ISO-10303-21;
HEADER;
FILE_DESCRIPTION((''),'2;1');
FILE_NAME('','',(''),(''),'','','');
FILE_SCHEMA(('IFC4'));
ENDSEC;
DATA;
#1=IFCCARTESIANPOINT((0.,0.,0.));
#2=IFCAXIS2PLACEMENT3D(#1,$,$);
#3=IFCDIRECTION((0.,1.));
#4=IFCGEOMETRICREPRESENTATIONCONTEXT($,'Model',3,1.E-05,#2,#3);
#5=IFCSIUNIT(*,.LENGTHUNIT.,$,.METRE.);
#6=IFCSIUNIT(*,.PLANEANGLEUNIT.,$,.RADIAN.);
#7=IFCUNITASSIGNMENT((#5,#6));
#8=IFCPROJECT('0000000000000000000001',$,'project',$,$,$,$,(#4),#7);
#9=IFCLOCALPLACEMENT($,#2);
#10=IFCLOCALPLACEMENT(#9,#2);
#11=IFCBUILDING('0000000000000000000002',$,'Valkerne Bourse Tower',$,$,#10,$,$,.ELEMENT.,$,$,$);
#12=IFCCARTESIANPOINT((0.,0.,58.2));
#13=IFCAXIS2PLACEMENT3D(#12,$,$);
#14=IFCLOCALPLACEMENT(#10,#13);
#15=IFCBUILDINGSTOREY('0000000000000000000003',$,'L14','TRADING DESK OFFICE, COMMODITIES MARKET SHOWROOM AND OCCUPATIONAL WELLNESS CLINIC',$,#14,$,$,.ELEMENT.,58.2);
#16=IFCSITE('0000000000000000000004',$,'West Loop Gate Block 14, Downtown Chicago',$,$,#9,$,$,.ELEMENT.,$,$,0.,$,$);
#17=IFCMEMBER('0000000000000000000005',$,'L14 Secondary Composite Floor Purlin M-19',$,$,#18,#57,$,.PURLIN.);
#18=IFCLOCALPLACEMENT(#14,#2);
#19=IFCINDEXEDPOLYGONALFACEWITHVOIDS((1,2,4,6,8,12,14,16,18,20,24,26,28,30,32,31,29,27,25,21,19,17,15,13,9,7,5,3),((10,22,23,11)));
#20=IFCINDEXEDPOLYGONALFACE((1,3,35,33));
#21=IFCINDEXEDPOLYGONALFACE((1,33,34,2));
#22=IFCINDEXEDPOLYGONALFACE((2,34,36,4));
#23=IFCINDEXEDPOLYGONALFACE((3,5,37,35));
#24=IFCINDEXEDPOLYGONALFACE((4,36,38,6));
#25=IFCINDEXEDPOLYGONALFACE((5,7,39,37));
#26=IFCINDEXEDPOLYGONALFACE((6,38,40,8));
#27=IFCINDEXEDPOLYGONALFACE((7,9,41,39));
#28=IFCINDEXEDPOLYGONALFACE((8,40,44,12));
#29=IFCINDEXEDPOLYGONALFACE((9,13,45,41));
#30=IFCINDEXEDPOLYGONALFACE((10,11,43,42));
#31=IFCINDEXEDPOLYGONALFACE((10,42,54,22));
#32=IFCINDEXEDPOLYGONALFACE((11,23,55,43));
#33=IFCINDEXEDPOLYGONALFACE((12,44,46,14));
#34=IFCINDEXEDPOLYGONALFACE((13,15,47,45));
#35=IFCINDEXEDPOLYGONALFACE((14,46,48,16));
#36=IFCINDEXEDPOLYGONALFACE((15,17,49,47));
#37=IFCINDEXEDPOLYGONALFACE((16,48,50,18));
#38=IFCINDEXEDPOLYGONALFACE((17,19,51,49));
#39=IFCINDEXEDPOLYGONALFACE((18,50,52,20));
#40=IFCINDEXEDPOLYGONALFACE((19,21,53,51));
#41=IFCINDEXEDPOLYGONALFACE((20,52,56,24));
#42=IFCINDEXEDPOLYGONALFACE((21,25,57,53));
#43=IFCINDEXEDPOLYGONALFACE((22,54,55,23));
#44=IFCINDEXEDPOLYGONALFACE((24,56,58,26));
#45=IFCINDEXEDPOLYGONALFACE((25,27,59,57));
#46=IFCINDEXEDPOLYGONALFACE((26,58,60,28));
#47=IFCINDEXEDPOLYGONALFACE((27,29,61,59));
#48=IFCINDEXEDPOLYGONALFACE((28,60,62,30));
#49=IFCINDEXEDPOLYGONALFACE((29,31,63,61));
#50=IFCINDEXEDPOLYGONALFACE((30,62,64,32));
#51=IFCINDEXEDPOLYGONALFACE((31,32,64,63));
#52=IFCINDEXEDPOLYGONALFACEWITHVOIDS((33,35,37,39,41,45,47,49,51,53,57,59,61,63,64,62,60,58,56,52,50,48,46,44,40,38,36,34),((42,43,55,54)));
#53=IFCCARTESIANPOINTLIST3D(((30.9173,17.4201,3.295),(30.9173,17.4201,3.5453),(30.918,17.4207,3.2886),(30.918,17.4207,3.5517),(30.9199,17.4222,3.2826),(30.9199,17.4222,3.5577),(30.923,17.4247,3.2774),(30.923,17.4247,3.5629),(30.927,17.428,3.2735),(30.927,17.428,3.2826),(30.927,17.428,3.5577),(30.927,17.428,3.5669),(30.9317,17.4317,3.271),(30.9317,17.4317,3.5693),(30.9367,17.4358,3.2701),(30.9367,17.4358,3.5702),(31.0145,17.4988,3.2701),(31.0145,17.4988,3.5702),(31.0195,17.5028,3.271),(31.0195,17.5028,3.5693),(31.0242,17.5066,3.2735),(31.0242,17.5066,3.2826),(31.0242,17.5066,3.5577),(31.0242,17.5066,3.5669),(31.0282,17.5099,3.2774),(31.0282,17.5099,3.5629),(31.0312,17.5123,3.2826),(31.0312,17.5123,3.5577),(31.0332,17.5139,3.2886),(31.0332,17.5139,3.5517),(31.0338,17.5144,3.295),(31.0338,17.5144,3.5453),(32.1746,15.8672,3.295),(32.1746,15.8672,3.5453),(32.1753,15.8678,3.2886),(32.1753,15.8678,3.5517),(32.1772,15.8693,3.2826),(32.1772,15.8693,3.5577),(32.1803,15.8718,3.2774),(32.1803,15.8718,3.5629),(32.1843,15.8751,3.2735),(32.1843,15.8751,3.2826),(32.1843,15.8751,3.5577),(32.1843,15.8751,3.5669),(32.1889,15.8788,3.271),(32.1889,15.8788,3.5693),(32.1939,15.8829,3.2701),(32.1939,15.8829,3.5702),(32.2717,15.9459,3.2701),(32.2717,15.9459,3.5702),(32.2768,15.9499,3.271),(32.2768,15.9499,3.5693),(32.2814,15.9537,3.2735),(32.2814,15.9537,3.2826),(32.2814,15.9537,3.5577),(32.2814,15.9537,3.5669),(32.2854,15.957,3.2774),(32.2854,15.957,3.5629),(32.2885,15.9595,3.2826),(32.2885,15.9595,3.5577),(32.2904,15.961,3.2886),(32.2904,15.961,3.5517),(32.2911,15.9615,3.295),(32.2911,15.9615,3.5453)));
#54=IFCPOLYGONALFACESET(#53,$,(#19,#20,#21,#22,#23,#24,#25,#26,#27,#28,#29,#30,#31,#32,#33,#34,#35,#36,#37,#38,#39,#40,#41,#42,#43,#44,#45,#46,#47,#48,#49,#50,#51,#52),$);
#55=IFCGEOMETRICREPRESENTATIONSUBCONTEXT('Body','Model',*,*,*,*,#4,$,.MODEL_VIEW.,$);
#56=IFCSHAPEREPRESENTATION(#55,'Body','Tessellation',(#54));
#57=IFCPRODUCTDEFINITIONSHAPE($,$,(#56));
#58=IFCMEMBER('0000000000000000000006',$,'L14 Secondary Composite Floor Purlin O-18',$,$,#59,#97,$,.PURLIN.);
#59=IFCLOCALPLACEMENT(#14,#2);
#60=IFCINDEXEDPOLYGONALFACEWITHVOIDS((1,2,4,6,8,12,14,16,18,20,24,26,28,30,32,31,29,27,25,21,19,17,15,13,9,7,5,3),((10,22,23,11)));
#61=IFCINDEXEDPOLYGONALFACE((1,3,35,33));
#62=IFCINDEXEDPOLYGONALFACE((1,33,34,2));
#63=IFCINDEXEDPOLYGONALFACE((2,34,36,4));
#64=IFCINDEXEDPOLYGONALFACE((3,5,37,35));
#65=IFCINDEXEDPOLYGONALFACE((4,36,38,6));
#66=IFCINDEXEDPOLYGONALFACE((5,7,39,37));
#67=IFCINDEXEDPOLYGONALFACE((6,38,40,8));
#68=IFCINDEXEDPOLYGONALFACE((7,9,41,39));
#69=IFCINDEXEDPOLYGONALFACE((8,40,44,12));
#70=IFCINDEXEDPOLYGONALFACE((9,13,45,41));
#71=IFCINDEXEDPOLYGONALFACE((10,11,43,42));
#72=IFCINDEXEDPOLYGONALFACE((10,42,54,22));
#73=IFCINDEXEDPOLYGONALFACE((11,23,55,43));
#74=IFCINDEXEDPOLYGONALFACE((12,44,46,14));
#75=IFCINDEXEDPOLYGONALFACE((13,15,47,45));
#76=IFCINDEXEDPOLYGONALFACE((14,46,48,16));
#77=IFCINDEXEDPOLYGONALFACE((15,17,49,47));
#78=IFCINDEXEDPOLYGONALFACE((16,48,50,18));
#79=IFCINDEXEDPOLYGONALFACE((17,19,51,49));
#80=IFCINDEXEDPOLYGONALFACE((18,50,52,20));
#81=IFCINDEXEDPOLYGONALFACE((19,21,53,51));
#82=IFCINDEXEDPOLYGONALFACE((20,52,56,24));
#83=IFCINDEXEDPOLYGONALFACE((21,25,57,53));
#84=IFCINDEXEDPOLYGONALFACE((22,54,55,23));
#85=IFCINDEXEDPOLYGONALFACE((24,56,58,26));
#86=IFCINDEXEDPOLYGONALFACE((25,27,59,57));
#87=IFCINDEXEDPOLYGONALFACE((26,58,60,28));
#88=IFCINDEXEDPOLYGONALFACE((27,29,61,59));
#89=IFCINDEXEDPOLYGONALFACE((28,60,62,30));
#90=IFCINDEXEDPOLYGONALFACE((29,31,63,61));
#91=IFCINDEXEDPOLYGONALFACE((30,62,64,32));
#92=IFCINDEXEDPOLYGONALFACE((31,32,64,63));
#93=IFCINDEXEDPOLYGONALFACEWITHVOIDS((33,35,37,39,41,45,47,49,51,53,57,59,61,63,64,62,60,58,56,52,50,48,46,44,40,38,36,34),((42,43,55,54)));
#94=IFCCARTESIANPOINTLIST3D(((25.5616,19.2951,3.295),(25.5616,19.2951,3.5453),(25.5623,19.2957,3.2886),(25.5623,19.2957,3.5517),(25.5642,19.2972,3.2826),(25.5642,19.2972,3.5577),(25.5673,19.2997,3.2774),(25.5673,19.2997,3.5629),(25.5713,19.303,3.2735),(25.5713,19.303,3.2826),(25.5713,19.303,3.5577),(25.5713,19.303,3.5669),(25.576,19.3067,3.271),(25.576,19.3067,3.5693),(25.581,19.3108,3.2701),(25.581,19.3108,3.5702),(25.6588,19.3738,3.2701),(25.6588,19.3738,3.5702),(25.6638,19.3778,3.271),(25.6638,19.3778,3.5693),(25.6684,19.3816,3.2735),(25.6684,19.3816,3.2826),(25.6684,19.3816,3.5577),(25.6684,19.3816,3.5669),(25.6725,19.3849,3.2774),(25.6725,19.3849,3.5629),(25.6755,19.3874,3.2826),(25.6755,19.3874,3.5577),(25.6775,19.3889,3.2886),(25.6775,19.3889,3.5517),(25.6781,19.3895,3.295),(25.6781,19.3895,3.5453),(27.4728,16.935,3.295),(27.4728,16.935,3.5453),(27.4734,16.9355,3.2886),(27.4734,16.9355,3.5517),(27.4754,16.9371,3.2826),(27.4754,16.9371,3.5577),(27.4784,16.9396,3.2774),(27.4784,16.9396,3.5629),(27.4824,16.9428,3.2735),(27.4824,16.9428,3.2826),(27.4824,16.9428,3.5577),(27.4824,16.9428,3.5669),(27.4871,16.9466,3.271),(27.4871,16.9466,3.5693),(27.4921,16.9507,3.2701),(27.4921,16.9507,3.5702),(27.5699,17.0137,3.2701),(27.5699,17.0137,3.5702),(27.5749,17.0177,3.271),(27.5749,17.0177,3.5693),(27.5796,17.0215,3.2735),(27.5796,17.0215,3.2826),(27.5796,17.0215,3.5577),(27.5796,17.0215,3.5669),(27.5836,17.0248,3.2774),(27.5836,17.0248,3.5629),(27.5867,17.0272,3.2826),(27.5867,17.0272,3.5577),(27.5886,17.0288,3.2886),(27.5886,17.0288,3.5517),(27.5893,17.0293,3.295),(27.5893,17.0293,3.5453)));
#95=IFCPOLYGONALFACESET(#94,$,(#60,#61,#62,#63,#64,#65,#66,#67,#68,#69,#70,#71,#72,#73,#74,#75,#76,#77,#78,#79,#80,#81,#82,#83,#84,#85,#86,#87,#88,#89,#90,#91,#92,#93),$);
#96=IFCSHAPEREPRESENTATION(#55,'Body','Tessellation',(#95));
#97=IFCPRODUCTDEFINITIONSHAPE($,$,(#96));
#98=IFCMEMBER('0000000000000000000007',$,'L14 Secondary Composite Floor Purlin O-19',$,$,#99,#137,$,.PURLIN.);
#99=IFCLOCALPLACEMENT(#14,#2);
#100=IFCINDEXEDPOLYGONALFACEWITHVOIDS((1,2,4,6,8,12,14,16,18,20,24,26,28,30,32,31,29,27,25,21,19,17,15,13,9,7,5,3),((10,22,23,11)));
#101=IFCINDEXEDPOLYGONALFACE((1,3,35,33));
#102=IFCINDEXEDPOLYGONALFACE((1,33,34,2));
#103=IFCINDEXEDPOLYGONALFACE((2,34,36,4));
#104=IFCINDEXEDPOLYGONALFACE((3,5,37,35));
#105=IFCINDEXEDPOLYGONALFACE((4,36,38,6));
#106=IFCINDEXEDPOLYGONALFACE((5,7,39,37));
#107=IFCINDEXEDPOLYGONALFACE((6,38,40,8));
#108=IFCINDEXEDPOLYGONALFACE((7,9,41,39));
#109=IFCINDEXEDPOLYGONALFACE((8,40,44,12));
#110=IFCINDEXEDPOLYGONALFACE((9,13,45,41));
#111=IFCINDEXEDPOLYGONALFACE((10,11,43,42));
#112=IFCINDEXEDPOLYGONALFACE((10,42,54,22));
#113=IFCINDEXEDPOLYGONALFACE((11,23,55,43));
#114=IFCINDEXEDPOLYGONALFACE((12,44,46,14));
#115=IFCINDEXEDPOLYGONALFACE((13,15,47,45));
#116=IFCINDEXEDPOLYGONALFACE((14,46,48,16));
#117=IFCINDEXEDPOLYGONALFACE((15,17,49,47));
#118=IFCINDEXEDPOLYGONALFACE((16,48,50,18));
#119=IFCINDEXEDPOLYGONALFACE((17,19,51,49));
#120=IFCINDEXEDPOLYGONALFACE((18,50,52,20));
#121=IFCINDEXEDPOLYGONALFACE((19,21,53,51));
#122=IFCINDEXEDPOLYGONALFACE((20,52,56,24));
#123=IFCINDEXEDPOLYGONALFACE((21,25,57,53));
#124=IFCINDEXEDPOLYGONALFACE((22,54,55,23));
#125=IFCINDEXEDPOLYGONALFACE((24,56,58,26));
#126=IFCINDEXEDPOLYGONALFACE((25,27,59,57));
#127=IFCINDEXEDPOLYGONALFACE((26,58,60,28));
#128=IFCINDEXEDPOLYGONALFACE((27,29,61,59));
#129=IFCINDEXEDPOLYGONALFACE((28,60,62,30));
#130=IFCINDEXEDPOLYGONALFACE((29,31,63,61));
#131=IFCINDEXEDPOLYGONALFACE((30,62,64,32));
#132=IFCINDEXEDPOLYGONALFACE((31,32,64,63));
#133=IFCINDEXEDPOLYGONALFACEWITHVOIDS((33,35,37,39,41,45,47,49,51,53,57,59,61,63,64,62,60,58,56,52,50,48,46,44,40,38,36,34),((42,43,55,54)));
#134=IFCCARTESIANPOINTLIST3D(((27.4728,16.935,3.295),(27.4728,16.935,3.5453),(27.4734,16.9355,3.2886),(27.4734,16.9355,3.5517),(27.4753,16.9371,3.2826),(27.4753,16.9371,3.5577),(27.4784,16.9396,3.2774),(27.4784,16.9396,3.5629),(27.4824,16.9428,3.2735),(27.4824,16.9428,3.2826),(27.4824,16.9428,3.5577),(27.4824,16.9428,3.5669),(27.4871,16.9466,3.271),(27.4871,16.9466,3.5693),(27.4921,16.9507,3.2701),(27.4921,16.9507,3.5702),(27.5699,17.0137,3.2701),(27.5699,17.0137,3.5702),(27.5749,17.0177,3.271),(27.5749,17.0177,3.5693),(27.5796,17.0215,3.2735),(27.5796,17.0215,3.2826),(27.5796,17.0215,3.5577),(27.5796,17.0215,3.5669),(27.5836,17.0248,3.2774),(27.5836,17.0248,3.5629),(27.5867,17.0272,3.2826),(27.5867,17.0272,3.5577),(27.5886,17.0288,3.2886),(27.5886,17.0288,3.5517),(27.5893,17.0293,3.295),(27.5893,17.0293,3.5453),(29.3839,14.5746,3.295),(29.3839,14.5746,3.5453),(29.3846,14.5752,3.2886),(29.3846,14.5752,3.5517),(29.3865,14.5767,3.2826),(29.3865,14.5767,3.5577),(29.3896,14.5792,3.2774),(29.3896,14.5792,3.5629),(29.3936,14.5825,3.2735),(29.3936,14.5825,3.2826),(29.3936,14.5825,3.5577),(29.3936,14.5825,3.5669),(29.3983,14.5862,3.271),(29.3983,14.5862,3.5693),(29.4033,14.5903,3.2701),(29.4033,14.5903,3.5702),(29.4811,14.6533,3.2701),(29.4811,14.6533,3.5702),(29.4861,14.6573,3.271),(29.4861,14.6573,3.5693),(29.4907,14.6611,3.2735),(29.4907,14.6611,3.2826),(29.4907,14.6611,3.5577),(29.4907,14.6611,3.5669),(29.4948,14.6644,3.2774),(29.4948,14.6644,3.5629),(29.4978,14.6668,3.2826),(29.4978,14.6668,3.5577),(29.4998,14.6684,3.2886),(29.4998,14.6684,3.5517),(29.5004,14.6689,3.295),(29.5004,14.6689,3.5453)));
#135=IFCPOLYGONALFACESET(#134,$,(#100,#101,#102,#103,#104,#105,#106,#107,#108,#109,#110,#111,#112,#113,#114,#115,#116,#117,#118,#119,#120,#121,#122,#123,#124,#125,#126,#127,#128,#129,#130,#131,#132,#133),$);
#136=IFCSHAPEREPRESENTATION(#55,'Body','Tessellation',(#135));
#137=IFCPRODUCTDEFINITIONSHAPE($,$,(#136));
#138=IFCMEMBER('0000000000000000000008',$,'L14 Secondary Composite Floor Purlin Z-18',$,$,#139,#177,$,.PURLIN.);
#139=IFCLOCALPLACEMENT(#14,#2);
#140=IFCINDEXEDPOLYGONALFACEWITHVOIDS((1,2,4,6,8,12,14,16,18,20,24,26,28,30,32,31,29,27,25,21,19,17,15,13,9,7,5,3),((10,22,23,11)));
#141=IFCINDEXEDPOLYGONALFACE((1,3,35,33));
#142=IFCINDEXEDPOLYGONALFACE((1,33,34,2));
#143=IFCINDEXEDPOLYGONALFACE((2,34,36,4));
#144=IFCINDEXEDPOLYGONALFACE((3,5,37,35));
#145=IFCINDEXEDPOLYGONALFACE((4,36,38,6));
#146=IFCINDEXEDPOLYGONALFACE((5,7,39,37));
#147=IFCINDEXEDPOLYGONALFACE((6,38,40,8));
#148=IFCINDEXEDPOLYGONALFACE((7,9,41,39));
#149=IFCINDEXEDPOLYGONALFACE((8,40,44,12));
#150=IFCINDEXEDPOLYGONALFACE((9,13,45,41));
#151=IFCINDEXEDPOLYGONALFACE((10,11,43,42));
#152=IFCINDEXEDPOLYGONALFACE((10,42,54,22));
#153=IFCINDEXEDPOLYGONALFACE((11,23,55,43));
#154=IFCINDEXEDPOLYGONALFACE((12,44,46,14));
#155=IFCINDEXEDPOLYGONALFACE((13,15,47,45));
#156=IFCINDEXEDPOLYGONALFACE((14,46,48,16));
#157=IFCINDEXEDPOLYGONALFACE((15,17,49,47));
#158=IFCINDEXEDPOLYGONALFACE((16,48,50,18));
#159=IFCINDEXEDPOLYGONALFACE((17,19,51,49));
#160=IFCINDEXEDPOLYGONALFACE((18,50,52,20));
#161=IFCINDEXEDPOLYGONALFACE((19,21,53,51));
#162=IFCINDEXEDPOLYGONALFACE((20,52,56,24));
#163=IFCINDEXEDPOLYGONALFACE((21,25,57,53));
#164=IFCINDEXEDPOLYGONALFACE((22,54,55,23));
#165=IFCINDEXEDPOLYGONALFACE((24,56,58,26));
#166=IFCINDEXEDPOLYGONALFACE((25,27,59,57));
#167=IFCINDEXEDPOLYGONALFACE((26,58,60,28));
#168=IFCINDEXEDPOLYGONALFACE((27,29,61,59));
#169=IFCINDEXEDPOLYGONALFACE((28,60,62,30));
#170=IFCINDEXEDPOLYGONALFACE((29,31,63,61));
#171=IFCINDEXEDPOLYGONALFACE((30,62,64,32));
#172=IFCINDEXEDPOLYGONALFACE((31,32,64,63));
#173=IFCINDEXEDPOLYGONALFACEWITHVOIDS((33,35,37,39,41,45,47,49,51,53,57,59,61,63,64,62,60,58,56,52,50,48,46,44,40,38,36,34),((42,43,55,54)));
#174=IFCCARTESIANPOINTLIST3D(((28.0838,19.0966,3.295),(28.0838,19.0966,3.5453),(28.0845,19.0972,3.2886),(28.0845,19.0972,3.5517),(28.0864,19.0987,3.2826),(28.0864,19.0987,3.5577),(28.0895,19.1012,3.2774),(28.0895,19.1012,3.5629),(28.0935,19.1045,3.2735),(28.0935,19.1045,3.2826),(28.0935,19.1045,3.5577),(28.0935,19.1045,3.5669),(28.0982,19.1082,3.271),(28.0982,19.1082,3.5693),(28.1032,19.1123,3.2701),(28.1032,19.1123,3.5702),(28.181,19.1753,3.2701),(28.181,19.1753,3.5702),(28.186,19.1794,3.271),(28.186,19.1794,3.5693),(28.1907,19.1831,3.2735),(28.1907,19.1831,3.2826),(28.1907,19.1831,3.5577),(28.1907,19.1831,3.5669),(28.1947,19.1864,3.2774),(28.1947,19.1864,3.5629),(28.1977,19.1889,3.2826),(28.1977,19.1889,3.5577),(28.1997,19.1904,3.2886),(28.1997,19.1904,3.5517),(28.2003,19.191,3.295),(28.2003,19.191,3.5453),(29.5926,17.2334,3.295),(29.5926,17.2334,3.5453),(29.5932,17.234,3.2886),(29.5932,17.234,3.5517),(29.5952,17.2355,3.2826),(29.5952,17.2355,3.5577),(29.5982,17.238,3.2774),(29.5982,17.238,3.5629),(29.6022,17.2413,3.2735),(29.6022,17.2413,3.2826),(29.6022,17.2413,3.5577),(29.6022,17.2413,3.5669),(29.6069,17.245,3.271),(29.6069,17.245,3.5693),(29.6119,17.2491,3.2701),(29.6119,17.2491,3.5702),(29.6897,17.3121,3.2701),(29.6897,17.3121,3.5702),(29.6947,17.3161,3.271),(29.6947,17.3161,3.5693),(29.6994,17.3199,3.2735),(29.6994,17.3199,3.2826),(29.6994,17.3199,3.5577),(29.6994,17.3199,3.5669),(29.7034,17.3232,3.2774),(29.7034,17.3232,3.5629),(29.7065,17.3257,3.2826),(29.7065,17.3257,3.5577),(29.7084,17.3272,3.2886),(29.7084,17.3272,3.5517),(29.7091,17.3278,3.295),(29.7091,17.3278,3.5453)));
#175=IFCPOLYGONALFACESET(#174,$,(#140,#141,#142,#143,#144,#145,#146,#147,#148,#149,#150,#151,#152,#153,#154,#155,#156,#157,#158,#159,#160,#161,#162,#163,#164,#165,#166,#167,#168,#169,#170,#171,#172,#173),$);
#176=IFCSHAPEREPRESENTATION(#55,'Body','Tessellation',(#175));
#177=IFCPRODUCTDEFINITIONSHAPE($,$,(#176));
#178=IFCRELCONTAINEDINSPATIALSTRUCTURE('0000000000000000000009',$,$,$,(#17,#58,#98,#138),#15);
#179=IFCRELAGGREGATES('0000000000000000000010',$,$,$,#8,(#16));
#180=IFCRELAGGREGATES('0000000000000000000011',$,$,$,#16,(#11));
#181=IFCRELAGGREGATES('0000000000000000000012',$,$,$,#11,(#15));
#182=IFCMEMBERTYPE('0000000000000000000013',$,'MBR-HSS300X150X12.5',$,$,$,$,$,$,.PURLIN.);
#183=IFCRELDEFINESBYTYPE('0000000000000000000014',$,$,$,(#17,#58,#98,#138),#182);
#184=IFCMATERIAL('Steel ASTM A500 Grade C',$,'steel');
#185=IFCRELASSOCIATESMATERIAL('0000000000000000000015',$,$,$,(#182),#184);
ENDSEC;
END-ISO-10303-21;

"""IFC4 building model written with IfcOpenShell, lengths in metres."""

from ifc_helpers import new_model, si_unit, direction, frame, origin, origin_2d, place, context, subcontext, project, spatial, hollow_rectangle, extrude, material, material_profile, profile_set, type_object, element, save


model = new_model("IFC4")

# Units and contexts
model_context = context("Model", 3, precision=1e-05, world=origin(), true_north=direction((0.0, 1.0)))
body_context = subcontext(model_context, "Body", "Model", "MODEL_VIEW")
ifc_project = project(units=[si_unit("LENGTHUNIT", "METRE"), si_unit("PLANEANGLEUNIT", "RADIAN")], contexts=[model_context])

# Site, building, storey
site_placement = place(None, origin())
site = spatial("IfcSite", under=ifc_project, at=site_placement, Name="West Loop Gate Block 14, Downtown Chicago", CompositionType="ELEMENT", RefElevation=0.0)
building_placement = place(site_placement, origin())
building = spatial("IfcBuilding", under=site, at=building_placement, Name="Valkerne Bourse Tower", CompositionType="ELEMENT")
storey_placement = place(building_placement, frame((0.0, 0.0, 58.2)))
storey = spatial("IfcBuildingStorey", under=building, at=storey_placement, Name="L14", Description="TRADING DESK OFFICE, COMMODITIES MARKET SHOWROOM AND OCCUPATIONAL WELLNESS CLINIC", CompositionType="ELEMENT", Elevation=58.2)

# Members
ifc_material_1 = material(Name="Steel ASTM A500 Grade C", Category="steel")
ifc_material_profile_1 = material_profile(ifc_material_1, hollow_rectangle(XDim=0.1499, YDim=0.3, WallThickness=0.0125, OuterFilletRadius=0.0249, at=origin_2d()), Name="HSS300X150X12.5")
ifc_profile_set_1 = profile_set([ifc_material_profile_1], Name="Steel ASTM A500 Grade C")
member_type_1 = type_object("IfcMemberType", Name="MBR-HSS300X150X12.5", PredefinedType="PURLIN", material=ifc_profile_set_1)
member_1_placement = place(storey_placement, frame((30.9756, 17.4673, 3.4202), z_axis=(0.629244, -0.777208, 0.0), x_axis=(0.777208, 0.629244, 0.0)))
element("IfcMember", 1, at=member_1_placement, inside=storey, type_object=member_type_1, Name="L14 Secondary Composite Floor Purlin M-19", PredefinedType="PURLIN", context=body_context, shape_type="SweptSolid", body=[
    extrude(hollow_rectangle(XDim=0.1499, YDim=0.3, WallThickness=0.0125, OuterFilletRadius=0.0249, at=origin_2d()), origin(), (0.0, 0.0, 1.0), 1.998),
])
member_2_placement = place(storey_placement, frame((25.6199, 19.3423, 3.4202), z_axis=(0.629312, -0.777153, 0.0), x_axis=(0.777153, 0.629312, 0.0)))
element("IfcMember", 2, at=member_2_placement, inside=storey, type_object=member_type_1, Name="L14 Secondary Composite Floor Purlin O-18", PredefinedType="PURLIN", context=body_context, shape_type="SweptSolid", body=[
    extrude(hollow_rectangle(XDim=0.1499, YDim=0.3, WallThickness=0.0125, OuterFilletRadius=0.0249, at=origin_2d()), origin(), (0.0, 0.0, 1.0), 3.0369),
])
member_3_placement = place(storey_placement, frame((27.531, 16.9822, 3.4202), z_axis=(0.629272, -0.777185, 0.0), x_axis=(0.777185, 0.629272, 0.0)))
element("IfcMember", 3, at=member_3_placement, inside=storey, type_object=member_type_1, Name="L14 Secondary Composite Floor Purlin O-19", PredefinedType="PURLIN", context=body_context, shape_type="SweptSolid", body=[
    extrude(hollow_rectangle(XDim=0.1499, YDim=0.3, WallThickness=0.0125, OuterFilletRadius=0.0249, at=origin_2d()), origin(), (0.0, 0.0, 1.0), 3.0371),
])
for number, where, z_axis, x_axis, name in (
    (4, (28.1421, 19.1438, 3.4202), (0.629304, -0.777159, 0.0), (0.777159, 0.629304, 0.0), "L14 Secondary Composite Floor Purlin Z-18"),
):
    element("IfcMember", number, at=place(storey_placement, frame(where, z_axis=z_axis, x_axis=x_axis)), inside=storey, type_object=member_type_1, Name=name, PredefinedType="PURLIN", context=body_context, shape_type="SweptSolid", body=[
        extrude(hollow_rectangle(XDim=0.1499, YDim=0.3, WallThickness=0.0125, OuterFilletRadius=0.0249, at=origin_2d()), origin(), (0.0, 0.0, 1.0), 2.3975),
    ])

save(model, "model.ifc")
